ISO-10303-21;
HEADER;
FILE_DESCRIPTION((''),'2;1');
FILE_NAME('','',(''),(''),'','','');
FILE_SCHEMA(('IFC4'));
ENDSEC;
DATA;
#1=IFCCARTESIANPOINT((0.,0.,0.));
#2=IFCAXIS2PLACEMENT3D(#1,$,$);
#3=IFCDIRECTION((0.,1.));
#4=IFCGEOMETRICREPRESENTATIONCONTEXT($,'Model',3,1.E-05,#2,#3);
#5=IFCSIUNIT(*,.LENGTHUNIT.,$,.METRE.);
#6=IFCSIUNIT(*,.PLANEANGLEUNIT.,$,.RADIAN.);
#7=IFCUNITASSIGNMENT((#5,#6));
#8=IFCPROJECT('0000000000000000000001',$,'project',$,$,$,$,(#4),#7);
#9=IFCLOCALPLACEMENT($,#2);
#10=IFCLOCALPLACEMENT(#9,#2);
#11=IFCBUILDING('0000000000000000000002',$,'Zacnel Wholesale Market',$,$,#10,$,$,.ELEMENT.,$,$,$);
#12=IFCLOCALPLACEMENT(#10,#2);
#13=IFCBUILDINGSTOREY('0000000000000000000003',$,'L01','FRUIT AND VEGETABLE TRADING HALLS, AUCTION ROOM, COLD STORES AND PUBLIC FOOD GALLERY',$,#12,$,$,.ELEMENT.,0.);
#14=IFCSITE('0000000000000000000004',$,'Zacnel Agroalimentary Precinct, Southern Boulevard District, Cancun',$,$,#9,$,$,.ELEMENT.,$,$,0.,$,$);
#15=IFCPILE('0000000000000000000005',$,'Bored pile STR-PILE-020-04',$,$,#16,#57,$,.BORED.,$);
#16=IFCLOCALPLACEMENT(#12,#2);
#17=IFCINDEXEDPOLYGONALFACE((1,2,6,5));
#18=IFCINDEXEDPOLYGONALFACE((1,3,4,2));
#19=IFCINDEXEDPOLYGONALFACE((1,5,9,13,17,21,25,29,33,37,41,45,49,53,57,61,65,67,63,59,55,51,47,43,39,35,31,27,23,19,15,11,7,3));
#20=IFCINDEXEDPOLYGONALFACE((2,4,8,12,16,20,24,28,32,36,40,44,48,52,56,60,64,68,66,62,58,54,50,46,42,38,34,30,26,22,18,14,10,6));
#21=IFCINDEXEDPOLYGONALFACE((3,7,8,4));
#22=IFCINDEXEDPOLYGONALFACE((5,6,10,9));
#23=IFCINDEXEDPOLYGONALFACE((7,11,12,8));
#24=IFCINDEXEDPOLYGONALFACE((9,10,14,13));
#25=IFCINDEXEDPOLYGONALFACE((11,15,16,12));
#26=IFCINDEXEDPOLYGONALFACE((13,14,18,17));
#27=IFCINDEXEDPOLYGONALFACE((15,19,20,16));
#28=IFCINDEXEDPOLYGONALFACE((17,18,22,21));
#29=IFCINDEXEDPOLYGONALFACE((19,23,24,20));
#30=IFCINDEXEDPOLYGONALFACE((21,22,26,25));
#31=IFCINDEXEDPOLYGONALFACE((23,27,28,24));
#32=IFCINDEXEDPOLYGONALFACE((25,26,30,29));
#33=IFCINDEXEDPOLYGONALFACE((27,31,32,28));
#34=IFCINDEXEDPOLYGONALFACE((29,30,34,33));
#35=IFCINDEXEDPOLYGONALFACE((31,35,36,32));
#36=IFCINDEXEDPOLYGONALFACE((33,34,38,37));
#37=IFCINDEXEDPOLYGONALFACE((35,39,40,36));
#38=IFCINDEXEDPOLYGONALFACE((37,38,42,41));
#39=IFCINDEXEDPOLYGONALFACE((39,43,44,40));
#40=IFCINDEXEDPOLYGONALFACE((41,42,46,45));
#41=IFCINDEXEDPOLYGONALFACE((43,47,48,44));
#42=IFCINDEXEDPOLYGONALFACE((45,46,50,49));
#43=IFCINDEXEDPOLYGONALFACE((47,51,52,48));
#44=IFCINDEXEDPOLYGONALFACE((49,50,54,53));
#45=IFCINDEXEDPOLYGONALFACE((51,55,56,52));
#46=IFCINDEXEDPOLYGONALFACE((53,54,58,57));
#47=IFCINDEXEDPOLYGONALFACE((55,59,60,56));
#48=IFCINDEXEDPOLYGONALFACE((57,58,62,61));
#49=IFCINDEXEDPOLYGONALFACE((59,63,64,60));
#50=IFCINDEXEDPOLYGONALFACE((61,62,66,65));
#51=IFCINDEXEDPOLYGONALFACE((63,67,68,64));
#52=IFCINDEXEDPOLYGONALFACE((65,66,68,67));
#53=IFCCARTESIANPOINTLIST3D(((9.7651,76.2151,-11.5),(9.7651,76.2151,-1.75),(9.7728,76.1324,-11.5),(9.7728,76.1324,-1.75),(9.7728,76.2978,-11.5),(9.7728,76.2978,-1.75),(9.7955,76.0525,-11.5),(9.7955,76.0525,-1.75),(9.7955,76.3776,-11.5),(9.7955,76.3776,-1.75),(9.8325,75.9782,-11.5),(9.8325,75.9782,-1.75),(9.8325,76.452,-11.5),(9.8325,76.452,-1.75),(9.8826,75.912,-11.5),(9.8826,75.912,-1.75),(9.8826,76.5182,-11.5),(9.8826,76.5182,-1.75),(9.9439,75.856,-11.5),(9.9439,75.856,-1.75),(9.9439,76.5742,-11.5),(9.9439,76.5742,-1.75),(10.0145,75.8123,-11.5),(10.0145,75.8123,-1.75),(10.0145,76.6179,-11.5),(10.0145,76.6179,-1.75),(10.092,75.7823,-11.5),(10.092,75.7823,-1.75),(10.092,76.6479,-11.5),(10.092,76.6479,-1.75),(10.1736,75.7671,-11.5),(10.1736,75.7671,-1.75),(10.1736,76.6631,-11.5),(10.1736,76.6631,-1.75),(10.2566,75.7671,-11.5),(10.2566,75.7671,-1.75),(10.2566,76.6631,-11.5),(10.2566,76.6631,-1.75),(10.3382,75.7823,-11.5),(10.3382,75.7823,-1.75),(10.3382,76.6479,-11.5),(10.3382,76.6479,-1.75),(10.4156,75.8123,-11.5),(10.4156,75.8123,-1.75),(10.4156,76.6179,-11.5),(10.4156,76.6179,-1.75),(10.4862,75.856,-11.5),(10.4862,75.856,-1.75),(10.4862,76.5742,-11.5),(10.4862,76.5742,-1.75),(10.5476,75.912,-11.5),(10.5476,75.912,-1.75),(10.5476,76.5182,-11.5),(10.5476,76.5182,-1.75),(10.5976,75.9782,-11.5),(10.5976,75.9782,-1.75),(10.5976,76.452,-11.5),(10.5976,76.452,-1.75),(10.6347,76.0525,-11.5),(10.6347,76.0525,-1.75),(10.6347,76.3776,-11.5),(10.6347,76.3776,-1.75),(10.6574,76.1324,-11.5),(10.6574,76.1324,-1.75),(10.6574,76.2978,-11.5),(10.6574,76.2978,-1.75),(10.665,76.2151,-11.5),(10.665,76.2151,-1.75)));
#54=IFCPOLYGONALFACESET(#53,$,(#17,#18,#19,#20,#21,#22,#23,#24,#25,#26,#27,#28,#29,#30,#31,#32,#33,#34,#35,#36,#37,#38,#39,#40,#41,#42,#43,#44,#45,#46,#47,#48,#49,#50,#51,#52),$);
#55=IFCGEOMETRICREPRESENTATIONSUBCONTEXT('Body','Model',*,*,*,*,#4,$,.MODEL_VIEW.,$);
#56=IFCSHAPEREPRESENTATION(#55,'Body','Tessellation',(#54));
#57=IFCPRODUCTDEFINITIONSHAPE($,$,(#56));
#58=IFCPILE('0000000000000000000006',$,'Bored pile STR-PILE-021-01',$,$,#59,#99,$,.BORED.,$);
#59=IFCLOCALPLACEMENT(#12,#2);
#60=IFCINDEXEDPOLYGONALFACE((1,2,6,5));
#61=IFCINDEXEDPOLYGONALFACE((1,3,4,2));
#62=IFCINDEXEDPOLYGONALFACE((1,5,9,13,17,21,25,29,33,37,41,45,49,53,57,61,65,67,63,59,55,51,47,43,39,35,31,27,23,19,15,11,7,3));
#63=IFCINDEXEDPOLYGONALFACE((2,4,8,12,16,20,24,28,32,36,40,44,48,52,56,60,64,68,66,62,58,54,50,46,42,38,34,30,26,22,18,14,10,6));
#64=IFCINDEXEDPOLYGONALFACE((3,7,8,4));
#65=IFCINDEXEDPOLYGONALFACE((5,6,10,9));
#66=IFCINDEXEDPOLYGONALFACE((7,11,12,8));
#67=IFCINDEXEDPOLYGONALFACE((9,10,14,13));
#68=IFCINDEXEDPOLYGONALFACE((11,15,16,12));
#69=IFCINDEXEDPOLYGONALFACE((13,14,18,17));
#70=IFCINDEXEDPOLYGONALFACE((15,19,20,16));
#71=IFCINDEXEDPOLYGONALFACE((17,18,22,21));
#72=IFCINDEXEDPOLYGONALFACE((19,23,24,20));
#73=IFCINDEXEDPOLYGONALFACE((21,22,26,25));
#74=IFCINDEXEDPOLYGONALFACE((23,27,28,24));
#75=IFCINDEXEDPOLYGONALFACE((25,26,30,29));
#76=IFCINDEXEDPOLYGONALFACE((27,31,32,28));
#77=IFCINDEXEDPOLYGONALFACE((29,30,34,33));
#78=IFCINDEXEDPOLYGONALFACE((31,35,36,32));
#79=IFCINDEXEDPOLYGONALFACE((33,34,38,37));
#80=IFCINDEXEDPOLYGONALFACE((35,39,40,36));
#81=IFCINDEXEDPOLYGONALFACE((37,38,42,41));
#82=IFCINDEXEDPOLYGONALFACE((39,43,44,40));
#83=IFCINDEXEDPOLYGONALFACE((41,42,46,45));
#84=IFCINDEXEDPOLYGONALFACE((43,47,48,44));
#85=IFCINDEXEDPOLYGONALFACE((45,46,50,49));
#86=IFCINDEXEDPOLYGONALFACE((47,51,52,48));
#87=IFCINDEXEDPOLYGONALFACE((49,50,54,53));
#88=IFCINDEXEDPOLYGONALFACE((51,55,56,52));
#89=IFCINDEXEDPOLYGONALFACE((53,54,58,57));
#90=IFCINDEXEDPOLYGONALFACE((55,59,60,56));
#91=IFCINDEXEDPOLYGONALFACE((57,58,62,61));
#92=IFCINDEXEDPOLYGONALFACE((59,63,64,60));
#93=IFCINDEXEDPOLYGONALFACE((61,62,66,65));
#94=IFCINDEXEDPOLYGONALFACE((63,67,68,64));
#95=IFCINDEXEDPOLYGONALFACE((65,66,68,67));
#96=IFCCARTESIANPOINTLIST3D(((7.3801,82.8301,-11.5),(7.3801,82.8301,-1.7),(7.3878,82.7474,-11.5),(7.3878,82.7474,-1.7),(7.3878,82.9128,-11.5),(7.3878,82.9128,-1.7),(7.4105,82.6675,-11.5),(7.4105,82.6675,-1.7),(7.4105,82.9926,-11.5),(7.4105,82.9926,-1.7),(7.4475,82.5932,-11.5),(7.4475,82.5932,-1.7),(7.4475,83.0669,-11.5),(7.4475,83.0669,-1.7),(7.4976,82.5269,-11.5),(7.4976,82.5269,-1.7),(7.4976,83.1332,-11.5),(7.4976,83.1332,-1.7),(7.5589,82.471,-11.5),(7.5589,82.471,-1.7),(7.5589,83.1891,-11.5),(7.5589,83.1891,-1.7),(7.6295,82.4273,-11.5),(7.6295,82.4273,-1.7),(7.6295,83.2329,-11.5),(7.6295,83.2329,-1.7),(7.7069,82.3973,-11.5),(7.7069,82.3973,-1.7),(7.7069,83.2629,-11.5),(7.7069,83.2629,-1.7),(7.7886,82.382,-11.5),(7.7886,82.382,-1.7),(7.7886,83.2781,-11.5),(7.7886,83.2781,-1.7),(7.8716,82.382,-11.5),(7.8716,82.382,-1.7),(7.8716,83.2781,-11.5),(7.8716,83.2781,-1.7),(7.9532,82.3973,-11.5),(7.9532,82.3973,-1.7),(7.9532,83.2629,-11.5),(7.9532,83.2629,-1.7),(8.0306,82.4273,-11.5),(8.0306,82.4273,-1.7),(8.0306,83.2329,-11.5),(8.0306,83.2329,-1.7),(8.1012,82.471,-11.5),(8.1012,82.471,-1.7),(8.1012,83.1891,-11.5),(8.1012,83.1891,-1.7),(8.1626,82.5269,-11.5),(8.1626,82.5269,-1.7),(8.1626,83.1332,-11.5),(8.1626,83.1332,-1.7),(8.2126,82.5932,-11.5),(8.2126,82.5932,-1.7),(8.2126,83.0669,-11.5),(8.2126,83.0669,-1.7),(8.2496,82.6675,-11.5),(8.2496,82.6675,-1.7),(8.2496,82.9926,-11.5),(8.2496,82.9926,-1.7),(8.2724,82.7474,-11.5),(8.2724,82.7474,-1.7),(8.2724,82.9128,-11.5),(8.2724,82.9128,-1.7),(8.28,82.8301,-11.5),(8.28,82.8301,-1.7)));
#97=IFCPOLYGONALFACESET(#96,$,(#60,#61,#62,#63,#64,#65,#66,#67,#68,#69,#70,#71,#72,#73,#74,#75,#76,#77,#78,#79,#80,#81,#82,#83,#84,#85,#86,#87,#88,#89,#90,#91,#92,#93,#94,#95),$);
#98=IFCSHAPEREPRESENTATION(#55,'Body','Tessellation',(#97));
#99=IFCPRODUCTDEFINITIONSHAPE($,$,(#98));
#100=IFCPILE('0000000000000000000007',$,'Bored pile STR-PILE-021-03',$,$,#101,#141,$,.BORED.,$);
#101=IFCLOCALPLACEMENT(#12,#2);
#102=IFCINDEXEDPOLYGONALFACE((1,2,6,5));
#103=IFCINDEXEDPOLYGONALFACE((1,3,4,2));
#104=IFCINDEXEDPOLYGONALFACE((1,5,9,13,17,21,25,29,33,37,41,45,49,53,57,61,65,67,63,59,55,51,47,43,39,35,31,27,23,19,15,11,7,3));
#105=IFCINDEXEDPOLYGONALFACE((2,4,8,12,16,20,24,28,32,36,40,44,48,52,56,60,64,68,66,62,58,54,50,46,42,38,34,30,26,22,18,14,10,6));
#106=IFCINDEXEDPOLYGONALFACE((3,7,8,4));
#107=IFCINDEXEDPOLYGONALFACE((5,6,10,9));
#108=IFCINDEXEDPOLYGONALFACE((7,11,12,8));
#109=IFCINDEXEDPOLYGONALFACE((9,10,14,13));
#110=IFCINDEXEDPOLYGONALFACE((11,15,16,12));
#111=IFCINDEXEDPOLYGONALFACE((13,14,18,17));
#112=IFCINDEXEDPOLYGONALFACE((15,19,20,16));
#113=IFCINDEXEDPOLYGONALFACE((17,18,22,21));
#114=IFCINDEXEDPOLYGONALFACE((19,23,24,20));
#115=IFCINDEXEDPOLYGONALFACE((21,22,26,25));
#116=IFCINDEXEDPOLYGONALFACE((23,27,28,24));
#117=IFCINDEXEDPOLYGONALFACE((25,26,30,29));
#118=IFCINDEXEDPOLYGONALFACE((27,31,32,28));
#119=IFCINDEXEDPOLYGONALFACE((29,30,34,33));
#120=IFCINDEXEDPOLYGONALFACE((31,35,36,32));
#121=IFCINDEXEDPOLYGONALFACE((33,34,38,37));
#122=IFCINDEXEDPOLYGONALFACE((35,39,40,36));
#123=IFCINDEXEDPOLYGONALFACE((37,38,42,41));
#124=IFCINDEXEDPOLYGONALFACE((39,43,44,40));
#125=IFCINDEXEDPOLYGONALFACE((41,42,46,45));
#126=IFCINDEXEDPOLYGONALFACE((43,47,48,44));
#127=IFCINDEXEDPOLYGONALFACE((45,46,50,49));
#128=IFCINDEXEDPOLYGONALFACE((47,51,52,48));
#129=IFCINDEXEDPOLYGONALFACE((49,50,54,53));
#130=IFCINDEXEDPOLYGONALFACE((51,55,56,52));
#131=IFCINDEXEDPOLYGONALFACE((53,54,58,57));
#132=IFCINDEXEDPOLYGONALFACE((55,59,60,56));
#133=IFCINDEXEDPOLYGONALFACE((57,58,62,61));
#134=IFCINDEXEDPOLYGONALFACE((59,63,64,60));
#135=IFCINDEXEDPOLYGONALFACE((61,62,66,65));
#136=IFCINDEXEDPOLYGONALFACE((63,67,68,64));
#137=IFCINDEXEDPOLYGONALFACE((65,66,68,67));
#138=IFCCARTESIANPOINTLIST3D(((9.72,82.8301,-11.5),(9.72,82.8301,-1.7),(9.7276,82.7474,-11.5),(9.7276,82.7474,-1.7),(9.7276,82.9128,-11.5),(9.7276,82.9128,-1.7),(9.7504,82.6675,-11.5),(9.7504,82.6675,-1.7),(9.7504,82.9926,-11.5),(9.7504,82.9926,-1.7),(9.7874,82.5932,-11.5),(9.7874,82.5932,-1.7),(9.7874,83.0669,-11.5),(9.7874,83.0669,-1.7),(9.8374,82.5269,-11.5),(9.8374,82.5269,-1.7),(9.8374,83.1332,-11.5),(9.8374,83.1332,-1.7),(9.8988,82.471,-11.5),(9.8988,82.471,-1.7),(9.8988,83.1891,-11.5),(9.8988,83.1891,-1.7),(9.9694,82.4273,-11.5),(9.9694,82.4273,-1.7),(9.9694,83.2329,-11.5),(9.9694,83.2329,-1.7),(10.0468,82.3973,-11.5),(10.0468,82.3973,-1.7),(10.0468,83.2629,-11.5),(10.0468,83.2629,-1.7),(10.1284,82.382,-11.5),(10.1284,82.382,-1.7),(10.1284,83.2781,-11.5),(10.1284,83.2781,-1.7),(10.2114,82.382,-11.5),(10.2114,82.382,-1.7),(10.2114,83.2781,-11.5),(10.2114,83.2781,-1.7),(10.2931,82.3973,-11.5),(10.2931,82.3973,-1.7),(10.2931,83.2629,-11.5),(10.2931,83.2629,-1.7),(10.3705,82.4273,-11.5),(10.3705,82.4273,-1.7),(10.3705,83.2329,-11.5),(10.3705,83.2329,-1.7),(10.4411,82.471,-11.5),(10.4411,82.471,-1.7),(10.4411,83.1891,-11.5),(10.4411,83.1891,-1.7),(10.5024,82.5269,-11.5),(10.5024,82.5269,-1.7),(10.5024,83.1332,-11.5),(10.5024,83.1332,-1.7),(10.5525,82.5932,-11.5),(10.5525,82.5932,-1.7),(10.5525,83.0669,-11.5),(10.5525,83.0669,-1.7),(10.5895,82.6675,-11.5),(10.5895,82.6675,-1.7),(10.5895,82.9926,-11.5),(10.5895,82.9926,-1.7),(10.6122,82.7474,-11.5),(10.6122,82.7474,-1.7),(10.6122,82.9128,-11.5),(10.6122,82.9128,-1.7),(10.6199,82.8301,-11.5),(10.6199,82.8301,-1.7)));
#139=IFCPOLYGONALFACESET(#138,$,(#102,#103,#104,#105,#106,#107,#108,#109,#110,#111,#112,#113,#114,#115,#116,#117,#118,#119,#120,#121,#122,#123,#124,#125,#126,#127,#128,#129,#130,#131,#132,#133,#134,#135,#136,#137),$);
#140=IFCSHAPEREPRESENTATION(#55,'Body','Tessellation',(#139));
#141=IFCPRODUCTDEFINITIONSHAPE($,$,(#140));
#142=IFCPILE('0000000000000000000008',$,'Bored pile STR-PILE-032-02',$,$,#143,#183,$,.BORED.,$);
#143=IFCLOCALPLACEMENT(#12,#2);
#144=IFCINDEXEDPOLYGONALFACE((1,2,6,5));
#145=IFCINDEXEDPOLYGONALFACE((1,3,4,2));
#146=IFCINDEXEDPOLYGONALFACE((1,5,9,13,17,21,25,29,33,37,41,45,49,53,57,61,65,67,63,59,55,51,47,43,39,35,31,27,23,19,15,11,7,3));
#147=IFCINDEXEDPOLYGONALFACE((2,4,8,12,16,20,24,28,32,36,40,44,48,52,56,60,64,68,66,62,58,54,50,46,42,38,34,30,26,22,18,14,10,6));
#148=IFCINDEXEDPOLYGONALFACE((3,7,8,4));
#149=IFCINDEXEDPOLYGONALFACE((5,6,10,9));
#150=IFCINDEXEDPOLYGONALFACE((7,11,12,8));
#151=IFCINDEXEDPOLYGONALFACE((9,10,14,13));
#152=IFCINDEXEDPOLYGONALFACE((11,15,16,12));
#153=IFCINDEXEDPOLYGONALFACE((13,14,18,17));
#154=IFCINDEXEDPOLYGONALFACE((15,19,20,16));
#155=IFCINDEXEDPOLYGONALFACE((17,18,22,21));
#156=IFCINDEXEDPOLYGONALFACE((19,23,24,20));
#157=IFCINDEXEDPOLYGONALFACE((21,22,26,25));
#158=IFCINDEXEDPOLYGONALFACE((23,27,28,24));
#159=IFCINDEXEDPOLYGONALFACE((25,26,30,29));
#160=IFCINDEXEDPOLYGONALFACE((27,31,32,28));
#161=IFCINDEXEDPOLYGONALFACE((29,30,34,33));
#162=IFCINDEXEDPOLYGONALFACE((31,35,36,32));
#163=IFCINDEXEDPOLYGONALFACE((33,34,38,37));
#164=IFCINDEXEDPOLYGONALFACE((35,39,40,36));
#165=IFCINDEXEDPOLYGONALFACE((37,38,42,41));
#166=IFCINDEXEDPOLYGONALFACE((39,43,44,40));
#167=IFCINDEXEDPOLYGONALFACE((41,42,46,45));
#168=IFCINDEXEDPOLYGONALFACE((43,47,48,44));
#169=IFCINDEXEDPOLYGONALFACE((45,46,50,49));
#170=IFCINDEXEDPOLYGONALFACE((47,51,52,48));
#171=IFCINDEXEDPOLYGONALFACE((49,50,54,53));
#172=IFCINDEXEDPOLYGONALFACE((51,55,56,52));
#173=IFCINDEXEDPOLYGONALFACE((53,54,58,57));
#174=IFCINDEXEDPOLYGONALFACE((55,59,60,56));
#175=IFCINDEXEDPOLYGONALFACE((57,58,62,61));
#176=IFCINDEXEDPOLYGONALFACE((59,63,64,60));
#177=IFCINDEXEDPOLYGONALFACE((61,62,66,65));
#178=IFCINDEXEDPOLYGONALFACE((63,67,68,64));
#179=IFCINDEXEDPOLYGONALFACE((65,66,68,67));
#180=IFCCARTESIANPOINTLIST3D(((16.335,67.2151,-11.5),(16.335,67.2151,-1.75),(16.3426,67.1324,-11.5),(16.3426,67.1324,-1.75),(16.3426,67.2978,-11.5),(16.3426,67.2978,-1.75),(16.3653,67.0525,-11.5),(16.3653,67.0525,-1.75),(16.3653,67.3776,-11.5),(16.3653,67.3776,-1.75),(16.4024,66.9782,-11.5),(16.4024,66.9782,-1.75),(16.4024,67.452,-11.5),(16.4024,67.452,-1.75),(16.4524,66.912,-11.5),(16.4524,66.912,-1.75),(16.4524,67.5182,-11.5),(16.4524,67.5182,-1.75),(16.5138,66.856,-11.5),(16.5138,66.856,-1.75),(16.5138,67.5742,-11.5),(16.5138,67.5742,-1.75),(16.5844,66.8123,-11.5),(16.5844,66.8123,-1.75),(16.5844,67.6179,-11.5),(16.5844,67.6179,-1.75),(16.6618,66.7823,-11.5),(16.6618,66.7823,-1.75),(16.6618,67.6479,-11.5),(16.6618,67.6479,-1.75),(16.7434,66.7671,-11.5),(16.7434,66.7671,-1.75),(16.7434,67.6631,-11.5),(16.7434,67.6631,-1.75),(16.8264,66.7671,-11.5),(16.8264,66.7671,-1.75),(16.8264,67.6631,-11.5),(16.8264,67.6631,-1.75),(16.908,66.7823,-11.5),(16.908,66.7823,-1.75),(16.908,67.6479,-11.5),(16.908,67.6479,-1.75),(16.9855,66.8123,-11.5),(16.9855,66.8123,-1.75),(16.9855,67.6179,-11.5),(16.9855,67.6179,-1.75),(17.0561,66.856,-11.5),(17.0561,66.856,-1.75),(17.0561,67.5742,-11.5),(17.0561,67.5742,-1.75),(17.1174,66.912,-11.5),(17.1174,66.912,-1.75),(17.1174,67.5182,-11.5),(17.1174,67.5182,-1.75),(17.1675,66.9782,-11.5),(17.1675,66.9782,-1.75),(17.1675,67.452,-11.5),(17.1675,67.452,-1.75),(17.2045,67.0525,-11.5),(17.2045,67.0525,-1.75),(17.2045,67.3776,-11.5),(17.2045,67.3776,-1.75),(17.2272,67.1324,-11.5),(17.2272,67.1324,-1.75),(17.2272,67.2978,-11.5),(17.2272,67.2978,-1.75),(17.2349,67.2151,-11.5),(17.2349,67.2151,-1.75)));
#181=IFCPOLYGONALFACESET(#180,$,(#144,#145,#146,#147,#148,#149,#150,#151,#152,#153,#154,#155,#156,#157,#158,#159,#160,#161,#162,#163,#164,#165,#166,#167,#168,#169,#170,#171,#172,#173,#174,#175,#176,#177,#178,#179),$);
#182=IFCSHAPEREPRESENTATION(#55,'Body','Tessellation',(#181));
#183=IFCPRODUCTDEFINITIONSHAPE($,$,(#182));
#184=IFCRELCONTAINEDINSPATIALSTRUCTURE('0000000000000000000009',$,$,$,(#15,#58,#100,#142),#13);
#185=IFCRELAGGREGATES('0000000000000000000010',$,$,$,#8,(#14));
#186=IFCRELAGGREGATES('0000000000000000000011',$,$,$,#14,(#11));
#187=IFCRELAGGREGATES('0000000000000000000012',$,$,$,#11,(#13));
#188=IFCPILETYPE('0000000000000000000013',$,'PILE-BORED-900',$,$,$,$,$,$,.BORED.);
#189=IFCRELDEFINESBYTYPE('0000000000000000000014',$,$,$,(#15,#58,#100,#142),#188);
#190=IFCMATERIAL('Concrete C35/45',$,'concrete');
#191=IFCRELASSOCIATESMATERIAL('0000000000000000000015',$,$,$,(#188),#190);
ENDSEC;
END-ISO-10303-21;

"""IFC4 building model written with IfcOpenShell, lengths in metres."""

from ifc_helpers import new_model, si_unit, direction, frame, origin, origin_2d, place, context, subcontext, project, spatial, circle, extrude, material, material_profile, profile_set, type_object, element, save


model = new_model("IFC4")

# Units and contexts
model_context = context("Model", 3, precision=1e-05, world=origin(), true_north=direction((0.0, 1.0)))
body_context = subcontext(model_context, "Body", "Model", "MODEL_VIEW")
ifc_project = project(units=[si_unit("LENGTHUNIT", "METRE"), si_unit("PLANEANGLEUNIT", "RADIAN")], contexts=[model_context])

# Site, building, storey
site_placement = place(None, origin())
site = spatial("IfcSite", under=ifc_project, at=site_placement, Name="Zacnel Agroalimentary Precinct, Southern Boulevard District, Cancun", CompositionType="ELEMENT", RefElevation=0.0)
building_placement = place(site_placement, origin())
building = spatial("IfcBuilding", under=site, at=building_placement, Name="Zacnel Wholesale Market", CompositionType="ELEMENT")
storey_placement = place(building_placement, origin())
storey = spatial("IfcBuildingStorey", under=building, at=storey_placement, Name="L01", Description="FRUIT AND VEGETABLE TRADING HALLS, AUCTION ROOM, COLD STORES AND PUBLIC FOOD GALLERY", CompositionType="ELEMENT", Elevation=0.0)

# Piles
ifc_material_1 = material(Name="Concrete C35/45", Category="concrete")
ifc_material_profile_1 = material_profile(ifc_material_1, circle(Radius=0.45, at=origin_2d()), Name="BORED PILE D900")
ifc_profile_set_1 = profile_set([ifc_material_profile_1], Name="Concrete C35/45")
pile_type = type_object("IfcPileType", Name="PILE-BORED-900", PredefinedType="BORED", material=ifc_profile_set_1)
for number, where, z_axis, x_axis, name in (
    (1, (10.2151, 76.2151, -1.75), (0.0, 0.0, -1.0), (1.0, 0.0, 0.0), "Bored pile STR-PILE-020-04"),
):
    element("IfcPile", number, at=place(storey_placement, frame(where, z_axis=z_axis, x_axis=x_axis)), inside=storey, type_object=pile_type, Name=name, PredefinedType="BORED", context=body_context, shape_type="SweptSolid", body=[
        extrude(circle(Radius=0.45, at=origin_2d()), origin(), (0.0, 0.0, 1.0), 9.75),
    ])
for number, where, z_axis, x_axis, name in (
    (2, (7.8301, 82.8301, -1.7), (0.0, 0.0, -1.0), (1.0, 0.0, 0.0), "Bored pile STR-PILE-021-01"),
    (3, (10.1699, 82.8301, -1.7), (0.0, 0.0, -1.0), (1.0, 0.0, 0.0), "Bored pile STR-PILE-021-03"),
):
    element("IfcPile", number, at=place(storey_placement, frame(where, z_axis=z_axis, x_axis=x_axis)), inside=storey, type_object=pile_type, Name=name, PredefinedType="BORED", context=body_context, shape_type="SweptSolid", body=[
        extrude(circle(Radius=0.45, at=origin_2d()), origin(), (0.0, 0.0, 1.0), 9.8),
    ])
for number, where, z_axis, x_axis, name in (
    (4, (16.7849, 67.2151, -1.75), (0.0, 0.0, -1.0), (1.0, 0.0, 0.0), "Bored pile STR-PILE-032-02"),
):
    element("IfcPile", number, at=place(storey_placement, frame(where, z_axis=z_axis, x_axis=x_axis)), inside=storey, type_object=pile_type, Name=name, PredefinedType="BORED", context=body_context, shape_type="SweptSolid", body=[
        extrude(circle(Radius=0.45, at=origin_2d()), origin(), (0.0, 0.0, 1.0), 9.75),
    ])

save(model, "model.ifc")
